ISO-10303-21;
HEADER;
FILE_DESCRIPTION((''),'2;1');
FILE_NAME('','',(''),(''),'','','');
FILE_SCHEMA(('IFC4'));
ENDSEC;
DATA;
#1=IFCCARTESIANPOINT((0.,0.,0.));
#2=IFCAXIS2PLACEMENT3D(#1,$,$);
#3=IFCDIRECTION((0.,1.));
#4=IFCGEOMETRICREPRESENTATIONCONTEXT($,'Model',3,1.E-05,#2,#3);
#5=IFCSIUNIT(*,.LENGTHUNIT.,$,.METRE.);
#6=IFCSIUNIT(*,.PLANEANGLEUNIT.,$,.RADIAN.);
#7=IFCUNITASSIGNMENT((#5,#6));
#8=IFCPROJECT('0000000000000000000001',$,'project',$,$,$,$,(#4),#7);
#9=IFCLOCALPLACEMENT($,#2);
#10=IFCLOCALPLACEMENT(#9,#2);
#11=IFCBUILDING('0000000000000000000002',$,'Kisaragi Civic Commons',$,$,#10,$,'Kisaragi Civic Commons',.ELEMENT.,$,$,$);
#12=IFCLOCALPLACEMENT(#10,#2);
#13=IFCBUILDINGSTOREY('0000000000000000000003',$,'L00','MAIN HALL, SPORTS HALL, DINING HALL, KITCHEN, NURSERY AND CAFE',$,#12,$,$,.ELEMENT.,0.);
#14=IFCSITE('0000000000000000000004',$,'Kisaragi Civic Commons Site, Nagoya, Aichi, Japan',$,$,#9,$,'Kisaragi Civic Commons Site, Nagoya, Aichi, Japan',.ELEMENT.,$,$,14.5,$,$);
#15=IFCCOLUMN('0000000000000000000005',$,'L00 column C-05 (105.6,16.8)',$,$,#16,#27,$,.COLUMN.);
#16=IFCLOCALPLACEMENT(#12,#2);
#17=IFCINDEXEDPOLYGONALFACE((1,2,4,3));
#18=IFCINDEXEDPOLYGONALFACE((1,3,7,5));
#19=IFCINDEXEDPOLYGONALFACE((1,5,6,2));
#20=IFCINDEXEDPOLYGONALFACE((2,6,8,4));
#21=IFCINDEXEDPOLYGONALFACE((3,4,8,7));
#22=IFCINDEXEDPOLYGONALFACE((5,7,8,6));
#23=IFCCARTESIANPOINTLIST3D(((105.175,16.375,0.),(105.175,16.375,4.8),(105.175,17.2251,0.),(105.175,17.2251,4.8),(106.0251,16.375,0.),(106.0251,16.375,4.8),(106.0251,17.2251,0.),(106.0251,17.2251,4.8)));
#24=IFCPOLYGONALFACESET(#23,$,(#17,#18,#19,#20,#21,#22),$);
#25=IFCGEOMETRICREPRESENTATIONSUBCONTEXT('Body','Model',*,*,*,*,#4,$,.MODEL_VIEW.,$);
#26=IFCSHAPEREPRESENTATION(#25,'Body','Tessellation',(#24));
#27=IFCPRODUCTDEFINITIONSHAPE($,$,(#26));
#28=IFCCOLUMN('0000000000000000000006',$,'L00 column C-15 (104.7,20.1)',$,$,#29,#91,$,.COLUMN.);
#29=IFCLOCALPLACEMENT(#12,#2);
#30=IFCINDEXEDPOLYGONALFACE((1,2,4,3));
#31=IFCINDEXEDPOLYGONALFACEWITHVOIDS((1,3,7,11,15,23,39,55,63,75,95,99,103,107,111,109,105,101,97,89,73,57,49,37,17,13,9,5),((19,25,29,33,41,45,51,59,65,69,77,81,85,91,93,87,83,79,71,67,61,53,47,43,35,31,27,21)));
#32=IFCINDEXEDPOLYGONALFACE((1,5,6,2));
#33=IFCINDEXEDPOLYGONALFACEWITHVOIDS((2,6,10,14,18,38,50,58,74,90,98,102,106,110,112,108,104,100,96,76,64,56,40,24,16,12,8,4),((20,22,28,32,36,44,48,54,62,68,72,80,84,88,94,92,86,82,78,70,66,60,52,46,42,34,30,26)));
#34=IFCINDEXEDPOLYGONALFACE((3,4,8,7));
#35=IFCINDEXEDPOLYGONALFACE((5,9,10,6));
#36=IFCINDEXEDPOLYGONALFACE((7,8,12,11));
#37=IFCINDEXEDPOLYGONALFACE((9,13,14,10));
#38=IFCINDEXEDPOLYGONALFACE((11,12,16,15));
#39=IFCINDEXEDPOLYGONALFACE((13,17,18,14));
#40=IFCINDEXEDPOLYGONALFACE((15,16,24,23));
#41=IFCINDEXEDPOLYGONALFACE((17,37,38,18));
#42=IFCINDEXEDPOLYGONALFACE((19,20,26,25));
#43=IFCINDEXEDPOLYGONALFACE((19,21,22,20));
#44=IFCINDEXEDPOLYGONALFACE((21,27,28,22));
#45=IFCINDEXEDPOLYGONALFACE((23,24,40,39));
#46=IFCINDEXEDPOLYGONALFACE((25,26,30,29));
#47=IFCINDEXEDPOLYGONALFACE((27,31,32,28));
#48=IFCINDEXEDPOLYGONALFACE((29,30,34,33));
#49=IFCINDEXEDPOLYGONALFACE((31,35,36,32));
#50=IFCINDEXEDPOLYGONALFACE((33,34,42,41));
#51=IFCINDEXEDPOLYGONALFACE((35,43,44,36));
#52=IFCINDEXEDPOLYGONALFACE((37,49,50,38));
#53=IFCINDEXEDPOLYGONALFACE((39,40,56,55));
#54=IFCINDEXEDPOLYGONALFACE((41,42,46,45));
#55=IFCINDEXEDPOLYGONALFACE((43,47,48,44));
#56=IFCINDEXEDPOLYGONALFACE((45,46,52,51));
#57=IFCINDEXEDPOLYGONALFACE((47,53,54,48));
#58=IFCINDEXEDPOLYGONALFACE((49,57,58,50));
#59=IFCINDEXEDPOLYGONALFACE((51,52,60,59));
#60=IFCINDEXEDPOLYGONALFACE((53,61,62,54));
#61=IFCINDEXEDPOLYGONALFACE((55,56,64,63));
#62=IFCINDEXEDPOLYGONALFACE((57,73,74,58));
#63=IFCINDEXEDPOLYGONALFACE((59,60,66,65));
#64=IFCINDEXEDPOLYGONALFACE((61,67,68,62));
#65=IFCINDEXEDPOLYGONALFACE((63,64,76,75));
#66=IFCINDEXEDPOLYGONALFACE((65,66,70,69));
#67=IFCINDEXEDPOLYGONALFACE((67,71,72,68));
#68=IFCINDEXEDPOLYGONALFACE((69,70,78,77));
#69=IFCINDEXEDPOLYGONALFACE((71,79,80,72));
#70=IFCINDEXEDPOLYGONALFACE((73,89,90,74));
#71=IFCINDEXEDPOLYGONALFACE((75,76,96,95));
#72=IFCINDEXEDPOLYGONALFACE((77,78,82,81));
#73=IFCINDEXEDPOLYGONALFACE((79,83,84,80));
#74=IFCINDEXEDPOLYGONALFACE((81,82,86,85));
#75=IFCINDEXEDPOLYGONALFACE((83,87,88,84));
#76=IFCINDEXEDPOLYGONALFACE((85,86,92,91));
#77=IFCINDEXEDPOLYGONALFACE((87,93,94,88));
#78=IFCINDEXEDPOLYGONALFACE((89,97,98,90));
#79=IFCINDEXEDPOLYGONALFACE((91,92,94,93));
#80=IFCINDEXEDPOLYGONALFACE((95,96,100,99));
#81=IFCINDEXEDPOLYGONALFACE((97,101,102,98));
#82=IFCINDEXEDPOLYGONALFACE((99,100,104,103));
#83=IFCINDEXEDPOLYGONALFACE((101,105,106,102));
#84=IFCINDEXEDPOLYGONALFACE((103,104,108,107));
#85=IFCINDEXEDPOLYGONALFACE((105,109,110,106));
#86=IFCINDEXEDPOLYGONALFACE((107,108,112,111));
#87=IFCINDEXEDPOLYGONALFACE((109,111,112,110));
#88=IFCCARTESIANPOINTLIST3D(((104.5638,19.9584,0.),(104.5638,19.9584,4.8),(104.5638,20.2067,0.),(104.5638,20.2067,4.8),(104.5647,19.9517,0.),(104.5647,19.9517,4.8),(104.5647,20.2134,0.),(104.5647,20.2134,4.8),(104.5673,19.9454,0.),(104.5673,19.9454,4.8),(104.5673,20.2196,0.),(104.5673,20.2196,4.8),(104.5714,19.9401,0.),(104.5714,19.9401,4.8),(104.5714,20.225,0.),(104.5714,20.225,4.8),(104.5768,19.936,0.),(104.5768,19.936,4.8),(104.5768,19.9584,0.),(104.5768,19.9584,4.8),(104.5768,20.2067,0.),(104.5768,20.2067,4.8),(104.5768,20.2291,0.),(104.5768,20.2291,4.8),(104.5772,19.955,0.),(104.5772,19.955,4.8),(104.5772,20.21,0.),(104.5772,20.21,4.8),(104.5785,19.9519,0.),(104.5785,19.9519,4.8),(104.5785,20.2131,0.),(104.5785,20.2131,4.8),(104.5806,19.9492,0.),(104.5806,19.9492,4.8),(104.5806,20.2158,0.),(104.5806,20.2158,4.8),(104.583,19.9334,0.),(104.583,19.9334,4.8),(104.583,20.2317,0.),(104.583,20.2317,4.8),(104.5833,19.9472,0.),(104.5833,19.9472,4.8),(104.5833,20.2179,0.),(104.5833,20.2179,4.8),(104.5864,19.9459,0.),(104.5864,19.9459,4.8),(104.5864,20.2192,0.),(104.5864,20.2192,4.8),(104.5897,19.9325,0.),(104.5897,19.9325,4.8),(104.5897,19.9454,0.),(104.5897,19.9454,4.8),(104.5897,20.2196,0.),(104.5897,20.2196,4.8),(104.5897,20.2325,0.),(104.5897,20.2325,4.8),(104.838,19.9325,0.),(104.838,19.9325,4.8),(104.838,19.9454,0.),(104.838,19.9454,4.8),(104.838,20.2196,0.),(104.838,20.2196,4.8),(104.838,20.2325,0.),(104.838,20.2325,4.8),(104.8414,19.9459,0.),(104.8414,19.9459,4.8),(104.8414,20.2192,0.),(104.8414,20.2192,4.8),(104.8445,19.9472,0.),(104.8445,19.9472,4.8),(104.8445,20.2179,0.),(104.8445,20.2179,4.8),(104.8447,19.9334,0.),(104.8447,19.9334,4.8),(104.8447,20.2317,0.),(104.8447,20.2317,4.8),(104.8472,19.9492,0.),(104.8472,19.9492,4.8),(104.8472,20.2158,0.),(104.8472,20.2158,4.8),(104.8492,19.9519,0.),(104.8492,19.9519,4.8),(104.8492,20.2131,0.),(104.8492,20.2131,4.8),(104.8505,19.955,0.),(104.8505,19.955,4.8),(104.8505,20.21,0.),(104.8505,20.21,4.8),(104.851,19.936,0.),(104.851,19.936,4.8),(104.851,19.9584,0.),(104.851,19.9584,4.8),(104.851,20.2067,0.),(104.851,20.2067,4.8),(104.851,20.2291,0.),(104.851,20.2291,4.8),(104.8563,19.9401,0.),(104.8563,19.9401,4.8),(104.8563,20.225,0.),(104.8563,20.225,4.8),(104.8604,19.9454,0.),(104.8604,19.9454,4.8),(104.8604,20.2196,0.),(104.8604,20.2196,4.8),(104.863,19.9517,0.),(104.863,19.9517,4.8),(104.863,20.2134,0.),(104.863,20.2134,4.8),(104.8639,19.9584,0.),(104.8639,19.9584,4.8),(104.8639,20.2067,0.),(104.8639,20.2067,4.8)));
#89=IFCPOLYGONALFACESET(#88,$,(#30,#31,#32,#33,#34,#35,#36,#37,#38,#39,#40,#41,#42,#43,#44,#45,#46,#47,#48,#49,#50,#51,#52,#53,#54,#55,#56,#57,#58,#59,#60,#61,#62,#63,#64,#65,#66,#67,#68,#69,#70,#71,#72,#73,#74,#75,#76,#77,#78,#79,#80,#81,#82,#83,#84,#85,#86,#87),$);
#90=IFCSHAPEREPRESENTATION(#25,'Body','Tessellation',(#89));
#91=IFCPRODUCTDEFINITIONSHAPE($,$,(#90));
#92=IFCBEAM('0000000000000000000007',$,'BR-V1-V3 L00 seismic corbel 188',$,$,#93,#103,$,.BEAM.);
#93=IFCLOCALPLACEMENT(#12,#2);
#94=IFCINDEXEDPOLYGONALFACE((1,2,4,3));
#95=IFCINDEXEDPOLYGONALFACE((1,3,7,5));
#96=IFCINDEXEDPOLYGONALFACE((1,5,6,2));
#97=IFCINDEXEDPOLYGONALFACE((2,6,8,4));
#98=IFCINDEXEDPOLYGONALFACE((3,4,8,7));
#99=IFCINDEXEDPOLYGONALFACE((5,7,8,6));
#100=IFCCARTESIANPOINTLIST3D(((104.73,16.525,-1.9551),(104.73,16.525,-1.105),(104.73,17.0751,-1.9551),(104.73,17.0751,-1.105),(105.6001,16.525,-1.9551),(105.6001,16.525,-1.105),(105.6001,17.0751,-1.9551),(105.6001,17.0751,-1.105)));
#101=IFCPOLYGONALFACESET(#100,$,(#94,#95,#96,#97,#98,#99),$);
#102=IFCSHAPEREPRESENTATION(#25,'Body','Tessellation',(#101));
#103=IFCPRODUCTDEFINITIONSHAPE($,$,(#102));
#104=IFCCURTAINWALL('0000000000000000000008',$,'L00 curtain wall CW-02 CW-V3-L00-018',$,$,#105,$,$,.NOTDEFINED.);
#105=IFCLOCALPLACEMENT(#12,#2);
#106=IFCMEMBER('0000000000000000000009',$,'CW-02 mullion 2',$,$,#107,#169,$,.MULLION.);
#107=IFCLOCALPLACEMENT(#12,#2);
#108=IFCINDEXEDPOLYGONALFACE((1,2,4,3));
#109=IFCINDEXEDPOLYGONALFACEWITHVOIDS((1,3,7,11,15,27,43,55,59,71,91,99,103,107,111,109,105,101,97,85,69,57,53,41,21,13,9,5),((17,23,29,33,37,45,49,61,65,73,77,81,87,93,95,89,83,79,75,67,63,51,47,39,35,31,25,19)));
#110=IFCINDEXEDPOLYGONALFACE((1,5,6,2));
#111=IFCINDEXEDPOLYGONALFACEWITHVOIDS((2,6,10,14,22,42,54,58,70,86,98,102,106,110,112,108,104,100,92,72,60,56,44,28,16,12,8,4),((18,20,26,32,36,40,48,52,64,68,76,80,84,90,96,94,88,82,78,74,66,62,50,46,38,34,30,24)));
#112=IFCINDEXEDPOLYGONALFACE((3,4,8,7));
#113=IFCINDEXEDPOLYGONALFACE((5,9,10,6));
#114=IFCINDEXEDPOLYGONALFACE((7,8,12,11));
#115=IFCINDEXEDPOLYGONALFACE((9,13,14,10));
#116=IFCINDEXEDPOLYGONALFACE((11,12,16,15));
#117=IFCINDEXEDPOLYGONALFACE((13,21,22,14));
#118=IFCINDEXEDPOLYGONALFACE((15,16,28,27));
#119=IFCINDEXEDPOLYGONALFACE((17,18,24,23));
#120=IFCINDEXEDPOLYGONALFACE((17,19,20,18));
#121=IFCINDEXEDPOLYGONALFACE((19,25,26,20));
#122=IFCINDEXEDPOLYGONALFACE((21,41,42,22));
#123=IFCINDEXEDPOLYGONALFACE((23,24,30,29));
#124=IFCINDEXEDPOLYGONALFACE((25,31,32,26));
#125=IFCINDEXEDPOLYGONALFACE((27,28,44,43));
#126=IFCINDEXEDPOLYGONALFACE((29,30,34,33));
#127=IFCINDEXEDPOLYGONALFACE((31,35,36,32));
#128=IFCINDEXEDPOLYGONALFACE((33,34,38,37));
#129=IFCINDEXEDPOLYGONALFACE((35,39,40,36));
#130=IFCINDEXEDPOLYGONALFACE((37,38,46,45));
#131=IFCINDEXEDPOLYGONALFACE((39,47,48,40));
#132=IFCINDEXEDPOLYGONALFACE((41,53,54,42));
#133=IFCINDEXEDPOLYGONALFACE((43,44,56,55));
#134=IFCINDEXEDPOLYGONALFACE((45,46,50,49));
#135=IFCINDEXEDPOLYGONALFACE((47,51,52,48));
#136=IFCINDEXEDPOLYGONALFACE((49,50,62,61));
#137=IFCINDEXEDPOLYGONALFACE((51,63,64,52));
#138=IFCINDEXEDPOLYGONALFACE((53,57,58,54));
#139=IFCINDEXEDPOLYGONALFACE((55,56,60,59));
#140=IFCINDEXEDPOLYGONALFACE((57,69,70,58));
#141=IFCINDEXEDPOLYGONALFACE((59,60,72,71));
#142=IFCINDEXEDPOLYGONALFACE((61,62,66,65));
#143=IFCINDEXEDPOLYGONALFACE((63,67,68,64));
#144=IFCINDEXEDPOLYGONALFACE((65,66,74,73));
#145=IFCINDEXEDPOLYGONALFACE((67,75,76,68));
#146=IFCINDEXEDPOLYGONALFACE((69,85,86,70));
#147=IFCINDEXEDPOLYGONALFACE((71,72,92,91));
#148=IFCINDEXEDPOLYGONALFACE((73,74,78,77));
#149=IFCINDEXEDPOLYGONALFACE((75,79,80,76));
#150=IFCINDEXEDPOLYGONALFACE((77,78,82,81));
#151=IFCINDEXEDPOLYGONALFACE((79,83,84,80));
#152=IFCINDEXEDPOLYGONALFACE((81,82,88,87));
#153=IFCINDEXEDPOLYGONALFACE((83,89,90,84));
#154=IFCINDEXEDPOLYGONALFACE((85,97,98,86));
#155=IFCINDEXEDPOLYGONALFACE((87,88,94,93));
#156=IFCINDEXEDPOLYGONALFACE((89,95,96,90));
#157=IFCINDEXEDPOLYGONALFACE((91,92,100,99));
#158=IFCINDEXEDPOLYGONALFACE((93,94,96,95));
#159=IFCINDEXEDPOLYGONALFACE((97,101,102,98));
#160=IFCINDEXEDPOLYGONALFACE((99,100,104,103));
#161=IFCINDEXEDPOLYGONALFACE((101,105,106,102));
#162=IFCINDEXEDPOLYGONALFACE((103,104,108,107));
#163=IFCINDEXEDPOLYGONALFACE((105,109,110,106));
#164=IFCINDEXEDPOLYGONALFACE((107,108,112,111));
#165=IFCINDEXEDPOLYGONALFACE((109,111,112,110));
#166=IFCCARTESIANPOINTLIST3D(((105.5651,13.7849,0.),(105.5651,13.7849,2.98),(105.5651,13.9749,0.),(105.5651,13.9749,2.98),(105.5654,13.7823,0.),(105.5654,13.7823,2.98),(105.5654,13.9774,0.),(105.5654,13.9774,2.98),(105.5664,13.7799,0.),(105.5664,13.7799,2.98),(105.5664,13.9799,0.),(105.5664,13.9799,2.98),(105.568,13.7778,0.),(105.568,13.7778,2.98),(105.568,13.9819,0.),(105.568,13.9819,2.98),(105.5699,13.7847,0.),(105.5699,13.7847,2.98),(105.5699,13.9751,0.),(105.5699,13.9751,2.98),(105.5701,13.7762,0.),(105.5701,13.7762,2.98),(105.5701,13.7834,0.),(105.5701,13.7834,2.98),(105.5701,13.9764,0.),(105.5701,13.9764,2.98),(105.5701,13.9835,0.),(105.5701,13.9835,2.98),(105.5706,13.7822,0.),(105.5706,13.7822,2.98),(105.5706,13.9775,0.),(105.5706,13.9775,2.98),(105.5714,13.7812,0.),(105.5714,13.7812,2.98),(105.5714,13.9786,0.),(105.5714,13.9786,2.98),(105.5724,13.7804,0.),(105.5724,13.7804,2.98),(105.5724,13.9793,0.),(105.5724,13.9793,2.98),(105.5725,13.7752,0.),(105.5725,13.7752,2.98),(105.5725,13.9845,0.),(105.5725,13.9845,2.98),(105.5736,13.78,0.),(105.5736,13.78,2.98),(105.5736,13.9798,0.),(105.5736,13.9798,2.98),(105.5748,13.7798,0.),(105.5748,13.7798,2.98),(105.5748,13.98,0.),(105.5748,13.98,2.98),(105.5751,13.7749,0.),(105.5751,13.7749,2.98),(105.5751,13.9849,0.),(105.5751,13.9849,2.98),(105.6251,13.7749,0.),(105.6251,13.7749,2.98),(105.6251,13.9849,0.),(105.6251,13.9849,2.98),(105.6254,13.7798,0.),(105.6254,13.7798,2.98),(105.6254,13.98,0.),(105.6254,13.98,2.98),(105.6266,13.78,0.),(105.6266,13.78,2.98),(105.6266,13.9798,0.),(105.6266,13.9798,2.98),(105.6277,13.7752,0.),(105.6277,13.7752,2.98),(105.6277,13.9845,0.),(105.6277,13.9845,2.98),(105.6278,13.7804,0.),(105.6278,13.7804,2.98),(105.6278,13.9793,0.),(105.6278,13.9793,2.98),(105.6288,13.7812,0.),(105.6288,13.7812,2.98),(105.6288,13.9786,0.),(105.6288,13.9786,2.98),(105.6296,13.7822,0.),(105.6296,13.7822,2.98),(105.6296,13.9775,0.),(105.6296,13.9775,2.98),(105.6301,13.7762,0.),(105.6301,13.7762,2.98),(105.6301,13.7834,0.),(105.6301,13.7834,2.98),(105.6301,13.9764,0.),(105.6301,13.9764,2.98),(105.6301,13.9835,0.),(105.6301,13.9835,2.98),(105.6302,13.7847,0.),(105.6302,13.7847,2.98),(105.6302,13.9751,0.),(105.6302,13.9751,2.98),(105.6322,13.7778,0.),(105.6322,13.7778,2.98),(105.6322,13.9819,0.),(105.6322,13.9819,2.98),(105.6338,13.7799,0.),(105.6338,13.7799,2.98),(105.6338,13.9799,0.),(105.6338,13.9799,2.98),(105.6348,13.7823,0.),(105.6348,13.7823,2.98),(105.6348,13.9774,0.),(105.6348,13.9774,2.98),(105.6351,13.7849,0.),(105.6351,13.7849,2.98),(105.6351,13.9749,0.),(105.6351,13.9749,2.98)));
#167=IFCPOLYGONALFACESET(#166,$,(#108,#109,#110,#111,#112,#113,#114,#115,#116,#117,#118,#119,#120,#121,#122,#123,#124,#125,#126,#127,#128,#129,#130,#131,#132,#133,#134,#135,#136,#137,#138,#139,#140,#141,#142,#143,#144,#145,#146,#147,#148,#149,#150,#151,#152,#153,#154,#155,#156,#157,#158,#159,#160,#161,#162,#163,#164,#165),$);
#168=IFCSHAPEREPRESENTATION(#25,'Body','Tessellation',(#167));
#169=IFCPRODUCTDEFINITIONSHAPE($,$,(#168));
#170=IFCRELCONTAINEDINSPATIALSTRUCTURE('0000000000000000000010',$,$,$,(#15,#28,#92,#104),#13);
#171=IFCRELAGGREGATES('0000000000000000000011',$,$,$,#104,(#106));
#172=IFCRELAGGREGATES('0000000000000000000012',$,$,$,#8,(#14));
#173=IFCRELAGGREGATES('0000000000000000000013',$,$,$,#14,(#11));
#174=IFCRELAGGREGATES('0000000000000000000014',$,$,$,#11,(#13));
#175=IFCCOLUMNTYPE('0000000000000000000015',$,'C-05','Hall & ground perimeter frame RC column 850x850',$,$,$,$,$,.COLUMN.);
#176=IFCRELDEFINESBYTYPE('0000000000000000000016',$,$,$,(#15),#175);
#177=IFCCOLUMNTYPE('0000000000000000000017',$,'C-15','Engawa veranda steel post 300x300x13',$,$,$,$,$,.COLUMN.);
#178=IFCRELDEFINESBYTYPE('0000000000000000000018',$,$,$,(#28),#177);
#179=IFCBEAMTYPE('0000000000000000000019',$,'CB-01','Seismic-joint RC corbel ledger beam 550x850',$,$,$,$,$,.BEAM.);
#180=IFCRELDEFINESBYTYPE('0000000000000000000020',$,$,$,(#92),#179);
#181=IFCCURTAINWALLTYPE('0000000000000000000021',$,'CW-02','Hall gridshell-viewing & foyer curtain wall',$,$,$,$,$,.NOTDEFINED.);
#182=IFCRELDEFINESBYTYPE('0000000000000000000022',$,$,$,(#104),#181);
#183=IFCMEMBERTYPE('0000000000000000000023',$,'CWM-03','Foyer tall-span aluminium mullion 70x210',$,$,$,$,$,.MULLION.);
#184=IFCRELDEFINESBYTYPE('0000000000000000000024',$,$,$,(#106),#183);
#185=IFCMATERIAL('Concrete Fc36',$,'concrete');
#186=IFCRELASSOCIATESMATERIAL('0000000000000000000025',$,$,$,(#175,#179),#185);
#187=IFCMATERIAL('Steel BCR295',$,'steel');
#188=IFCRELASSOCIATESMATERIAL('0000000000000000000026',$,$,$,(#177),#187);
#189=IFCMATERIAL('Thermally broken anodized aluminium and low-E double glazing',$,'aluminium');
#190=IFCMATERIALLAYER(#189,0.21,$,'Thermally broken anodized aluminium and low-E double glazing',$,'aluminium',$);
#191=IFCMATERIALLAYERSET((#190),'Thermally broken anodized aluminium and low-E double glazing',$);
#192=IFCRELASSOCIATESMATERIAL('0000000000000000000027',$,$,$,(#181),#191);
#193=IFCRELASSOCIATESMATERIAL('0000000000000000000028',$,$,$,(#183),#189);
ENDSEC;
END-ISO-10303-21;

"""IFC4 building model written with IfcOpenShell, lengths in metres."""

from ifc_helpers import new_model, si_unit, direction, frame, origin, origin_2d, place, context, subcontext, project, spatial, rectangle, hollow_rectangle, extrude, material, layer, layer_set, material_profile, profile_set, type_object, element, aggregate, save


model = new_model("IFC4")

# Units and contexts
model_context = context("Model", 3, precision=1e-05, world=origin(), true_north=direction((0.0, 1.0)))
body_context = subcontext(model_context, "Body", "Model", "MODEL_VIEW")
ifc_project = project(units=[si_unit("LENGTHUNIT", "METRE"), si_unit("PLANEANGLEUNIT", "RADIAN")], contexts=[model_context])

# Site, building, storey
site_placement = place(None, origin())
site = spatial("IfcSite", under=ifc_project, at=site_placement, Name="Kisaragi Civic Commons Site, Nagoya, Aichi, Japan", LongName="Kisaragi Civic Commons Site, Nagoya, Aichi, Japan", CompositionType="ELEMENT", RefElevation=14.5)
building_placement = place(site_placement, origin())
building = spatial("IfcBuilding", under=site, at=building_placement, Name="Kisaragi Civic Commons", LongName="Kisaragi Civic Commons", CompositionType="ELEMENT")
storey_placement = place(building_placement, origin())
storey = spatial("IfcBuildingStorey", under=building, at=storey_placement, Name="L00", Description="MAIN HALL, SPORTS HALL, DINING HALL, KITCHEN, NURSERY AND CAFE", CompositionType="ELEMENT", Elevation=0.0)

# Columns
ifc_material_1 = material(Name="Concrete Fc36", Category="concrete")
ifc_material_profile_1 = material_profile(ifc_material_1, rectangle(XDim=0.8501, YDim=0.8501, at=origin_2d()), Name="RC-850x850", Category="concrete")
ifc_profile_set_1 = profile_set([ifc_material_profile_1], Name="Concrete Fc36")
column_type_1 = type_object("IfcColumnType", Name="C-05", Description="Hall & ground perimeter frame RC column 850x850", PredefinedType="COLUMN", material=ifc_profile_set_1)
column_1_placement = place(storey_placement, frame((105.6001, 16.8, 0.0), z_axis=(0.0, 0.0, 1.0), x_axis=(1.0, 0.0, 0.0)))
element("IfcColumn", 1, at=column_1_placement, inside=storey, type_object=column_type_1, Name="L00 column C-05 (105.6,16.8)", PredefinedType="COLUMN", context=body_context, shape_type="SweptSolid", body=[
    extrude(rectangle(XDim=0.8501, YDim=0.8501, at=origin_2d()), origin(), (0.0, 0.0, 1.0), 4.8),
])
ifc_material_2 = material(Name="Steel BCR295", Category="steel")
ifc_material_profile_2 = material_profile(ifc_material_2, hollow_rectangle(XDim=0.3, YDim=0.3, WallThickness=0.0129, InnerFilletRadius=0.0129, OuterFilletRadius=0.0259, at=origin_2d()), Name="BCR-300x300x13", Category="steel")
ifc_profile_set_2 = profile_set([ifc_material_profile_2], Name="Steel BCR295")
column_type_2 = type_object("IfcColumnType", Name="C-15", Description="Engawa veranda steel post 300x300x13", PredefinedType="COLUMN", material=ifc_profile_set_2)
column_2_placement = place(storey_placement, frame((104.7139, 20.0825, 0.0), z_axis=(0.0, 0.0, 1.0), x_axis=(1.0, 0.0, 0.0)))
element("IfcColumn", 2, at=column_2_placement, inside=storey, type_object=column_type_2, Name="L00 column C-15 (104.7,20.1)", PredefinedType="COLUMN", context=body_context, shape_type="SweptSolid", body=[
    extrude(hollow_rectangle(XDim=0.3, YDim=0.3, WallThickness=0.0129, InnerFilletRadius=0.0129, OuterFilletRadius=0.0259, at=origin_2d()), origin(), (0.0, 0.0, 1.0), 4.8),
])

# Beam
ifc_material_profile_3 = material_profile(ifc_material_1, rectangle(XDim=0.55, YDim=0.8501, at=origin_2d()), Name="RC-550x850", Category="concrete")
ifc_profile_set_3 = profile_set([ifc_material_profile_3], Name="Concrete Fc36")
beam_type_1 = type_object("IfcBeamType", Name="CB-01", Description="Seismic-joint RC corbel ledger beam 550x850", PredefinedType="BEAM", material=ifc_profile_set_3)
beam_1_placement = place(storey_placement, frame((105.6001, 16.8, -1.53), z_axis=(-1.0, 0.0, 0.0), x_axis=(0.0, -1.0, 0.0)))
element("IfcBeam", 3, at=beam_1_placement, inside=storey, type_object=beam_type_1, Name="BR-V1-V3 L00 seismic corbel 188", PredefinedType="BEAM", context=body_context, shape_type="SweptSolid", body=[
    extrude(rectangle(XDim=0.55, YDim=0.8501, at=origin_2d()), origin(), (0.0, 0.0, 1.0), 0.8701),
])

# Curtain wall, member
ifc_material_3 = material(Name="Thermally broken anodized aluminium and low-E double glazing", Category="aluminium")
ifc_layer_1 = layer(ifc_material_3, 0.21, Name="Thermally broken anodized aluminium and low-E double glazing", Category="aluminium")
ifc_layer_set_1 = layer_set([ifc_layer_1], Name="Thermally broken anodized aluminium and low-E double glazing")
curtain_wall_type = type_object("IfcCurtainWallType", Name="CW-02", Description="Hall gridshell-viewing & foyer curtain wall", PredefinedType="NOTDEFINED", material=ifc_layer_set_1)
curtain_wall_placement = place(storey_placement, origin())
curtain_wall = element("IfcCurtainWall", 4, at=curtain_wall_placement, inside=storey, type_object=curtain_wall_type, Name="L00 curtain wall CW-02 CW-V3-L00-018", PredefinedType="NOTDEFINED")
ifc_material_profile_4 = material_profile(ifc_material_3, hollow_rectangle(XDim=0.0701, YDim=0.21, WallThickness=0.0049, InnerFilletRadius=0.0049, OuterFilletRadius=0.01, at=origin_2d()), Name="CWM-70x210x5", Category="aluminium")
ifc_profile_set_4 = profile_set([ifc_material_profile_4], Name="Thermally broken anodized aluminium and low-E double glazing")
member_type_1 = type_object("IfcMemberType", Name="CWM-03", Description="Foyer tall-span aluminium mullion 70x210", PredefinedType="MULLION", material=ifc_profile_set_4)
member_1_placement = place(storey_placement, frame((105.6001, 13.8799, 0.0), z_axis=(0.0, 0.0, 1.0), x_axis=(-1.0, 0.0, 0.0)))
member_1 = element("IfcMember", 5, at=member_1_placement, type_object=member_type_1, Name="CW-02 mullion 2", PredefinedType="MULLION", context=body_context, shape_type="SweptSolid", body=[
    extrude(hollow_rectangle(XDim=0.0701, YDim=0.21, WallThickness=0.0049, InnerFilletRadius=0.0049, OuterFilletRadius=0.01, at=origin_2d()), origin(), (0.0, 0.0, 1.0), 2.98),
])

aggregate(curtain_wall, [member_1])

save(model, "model.ifc")
